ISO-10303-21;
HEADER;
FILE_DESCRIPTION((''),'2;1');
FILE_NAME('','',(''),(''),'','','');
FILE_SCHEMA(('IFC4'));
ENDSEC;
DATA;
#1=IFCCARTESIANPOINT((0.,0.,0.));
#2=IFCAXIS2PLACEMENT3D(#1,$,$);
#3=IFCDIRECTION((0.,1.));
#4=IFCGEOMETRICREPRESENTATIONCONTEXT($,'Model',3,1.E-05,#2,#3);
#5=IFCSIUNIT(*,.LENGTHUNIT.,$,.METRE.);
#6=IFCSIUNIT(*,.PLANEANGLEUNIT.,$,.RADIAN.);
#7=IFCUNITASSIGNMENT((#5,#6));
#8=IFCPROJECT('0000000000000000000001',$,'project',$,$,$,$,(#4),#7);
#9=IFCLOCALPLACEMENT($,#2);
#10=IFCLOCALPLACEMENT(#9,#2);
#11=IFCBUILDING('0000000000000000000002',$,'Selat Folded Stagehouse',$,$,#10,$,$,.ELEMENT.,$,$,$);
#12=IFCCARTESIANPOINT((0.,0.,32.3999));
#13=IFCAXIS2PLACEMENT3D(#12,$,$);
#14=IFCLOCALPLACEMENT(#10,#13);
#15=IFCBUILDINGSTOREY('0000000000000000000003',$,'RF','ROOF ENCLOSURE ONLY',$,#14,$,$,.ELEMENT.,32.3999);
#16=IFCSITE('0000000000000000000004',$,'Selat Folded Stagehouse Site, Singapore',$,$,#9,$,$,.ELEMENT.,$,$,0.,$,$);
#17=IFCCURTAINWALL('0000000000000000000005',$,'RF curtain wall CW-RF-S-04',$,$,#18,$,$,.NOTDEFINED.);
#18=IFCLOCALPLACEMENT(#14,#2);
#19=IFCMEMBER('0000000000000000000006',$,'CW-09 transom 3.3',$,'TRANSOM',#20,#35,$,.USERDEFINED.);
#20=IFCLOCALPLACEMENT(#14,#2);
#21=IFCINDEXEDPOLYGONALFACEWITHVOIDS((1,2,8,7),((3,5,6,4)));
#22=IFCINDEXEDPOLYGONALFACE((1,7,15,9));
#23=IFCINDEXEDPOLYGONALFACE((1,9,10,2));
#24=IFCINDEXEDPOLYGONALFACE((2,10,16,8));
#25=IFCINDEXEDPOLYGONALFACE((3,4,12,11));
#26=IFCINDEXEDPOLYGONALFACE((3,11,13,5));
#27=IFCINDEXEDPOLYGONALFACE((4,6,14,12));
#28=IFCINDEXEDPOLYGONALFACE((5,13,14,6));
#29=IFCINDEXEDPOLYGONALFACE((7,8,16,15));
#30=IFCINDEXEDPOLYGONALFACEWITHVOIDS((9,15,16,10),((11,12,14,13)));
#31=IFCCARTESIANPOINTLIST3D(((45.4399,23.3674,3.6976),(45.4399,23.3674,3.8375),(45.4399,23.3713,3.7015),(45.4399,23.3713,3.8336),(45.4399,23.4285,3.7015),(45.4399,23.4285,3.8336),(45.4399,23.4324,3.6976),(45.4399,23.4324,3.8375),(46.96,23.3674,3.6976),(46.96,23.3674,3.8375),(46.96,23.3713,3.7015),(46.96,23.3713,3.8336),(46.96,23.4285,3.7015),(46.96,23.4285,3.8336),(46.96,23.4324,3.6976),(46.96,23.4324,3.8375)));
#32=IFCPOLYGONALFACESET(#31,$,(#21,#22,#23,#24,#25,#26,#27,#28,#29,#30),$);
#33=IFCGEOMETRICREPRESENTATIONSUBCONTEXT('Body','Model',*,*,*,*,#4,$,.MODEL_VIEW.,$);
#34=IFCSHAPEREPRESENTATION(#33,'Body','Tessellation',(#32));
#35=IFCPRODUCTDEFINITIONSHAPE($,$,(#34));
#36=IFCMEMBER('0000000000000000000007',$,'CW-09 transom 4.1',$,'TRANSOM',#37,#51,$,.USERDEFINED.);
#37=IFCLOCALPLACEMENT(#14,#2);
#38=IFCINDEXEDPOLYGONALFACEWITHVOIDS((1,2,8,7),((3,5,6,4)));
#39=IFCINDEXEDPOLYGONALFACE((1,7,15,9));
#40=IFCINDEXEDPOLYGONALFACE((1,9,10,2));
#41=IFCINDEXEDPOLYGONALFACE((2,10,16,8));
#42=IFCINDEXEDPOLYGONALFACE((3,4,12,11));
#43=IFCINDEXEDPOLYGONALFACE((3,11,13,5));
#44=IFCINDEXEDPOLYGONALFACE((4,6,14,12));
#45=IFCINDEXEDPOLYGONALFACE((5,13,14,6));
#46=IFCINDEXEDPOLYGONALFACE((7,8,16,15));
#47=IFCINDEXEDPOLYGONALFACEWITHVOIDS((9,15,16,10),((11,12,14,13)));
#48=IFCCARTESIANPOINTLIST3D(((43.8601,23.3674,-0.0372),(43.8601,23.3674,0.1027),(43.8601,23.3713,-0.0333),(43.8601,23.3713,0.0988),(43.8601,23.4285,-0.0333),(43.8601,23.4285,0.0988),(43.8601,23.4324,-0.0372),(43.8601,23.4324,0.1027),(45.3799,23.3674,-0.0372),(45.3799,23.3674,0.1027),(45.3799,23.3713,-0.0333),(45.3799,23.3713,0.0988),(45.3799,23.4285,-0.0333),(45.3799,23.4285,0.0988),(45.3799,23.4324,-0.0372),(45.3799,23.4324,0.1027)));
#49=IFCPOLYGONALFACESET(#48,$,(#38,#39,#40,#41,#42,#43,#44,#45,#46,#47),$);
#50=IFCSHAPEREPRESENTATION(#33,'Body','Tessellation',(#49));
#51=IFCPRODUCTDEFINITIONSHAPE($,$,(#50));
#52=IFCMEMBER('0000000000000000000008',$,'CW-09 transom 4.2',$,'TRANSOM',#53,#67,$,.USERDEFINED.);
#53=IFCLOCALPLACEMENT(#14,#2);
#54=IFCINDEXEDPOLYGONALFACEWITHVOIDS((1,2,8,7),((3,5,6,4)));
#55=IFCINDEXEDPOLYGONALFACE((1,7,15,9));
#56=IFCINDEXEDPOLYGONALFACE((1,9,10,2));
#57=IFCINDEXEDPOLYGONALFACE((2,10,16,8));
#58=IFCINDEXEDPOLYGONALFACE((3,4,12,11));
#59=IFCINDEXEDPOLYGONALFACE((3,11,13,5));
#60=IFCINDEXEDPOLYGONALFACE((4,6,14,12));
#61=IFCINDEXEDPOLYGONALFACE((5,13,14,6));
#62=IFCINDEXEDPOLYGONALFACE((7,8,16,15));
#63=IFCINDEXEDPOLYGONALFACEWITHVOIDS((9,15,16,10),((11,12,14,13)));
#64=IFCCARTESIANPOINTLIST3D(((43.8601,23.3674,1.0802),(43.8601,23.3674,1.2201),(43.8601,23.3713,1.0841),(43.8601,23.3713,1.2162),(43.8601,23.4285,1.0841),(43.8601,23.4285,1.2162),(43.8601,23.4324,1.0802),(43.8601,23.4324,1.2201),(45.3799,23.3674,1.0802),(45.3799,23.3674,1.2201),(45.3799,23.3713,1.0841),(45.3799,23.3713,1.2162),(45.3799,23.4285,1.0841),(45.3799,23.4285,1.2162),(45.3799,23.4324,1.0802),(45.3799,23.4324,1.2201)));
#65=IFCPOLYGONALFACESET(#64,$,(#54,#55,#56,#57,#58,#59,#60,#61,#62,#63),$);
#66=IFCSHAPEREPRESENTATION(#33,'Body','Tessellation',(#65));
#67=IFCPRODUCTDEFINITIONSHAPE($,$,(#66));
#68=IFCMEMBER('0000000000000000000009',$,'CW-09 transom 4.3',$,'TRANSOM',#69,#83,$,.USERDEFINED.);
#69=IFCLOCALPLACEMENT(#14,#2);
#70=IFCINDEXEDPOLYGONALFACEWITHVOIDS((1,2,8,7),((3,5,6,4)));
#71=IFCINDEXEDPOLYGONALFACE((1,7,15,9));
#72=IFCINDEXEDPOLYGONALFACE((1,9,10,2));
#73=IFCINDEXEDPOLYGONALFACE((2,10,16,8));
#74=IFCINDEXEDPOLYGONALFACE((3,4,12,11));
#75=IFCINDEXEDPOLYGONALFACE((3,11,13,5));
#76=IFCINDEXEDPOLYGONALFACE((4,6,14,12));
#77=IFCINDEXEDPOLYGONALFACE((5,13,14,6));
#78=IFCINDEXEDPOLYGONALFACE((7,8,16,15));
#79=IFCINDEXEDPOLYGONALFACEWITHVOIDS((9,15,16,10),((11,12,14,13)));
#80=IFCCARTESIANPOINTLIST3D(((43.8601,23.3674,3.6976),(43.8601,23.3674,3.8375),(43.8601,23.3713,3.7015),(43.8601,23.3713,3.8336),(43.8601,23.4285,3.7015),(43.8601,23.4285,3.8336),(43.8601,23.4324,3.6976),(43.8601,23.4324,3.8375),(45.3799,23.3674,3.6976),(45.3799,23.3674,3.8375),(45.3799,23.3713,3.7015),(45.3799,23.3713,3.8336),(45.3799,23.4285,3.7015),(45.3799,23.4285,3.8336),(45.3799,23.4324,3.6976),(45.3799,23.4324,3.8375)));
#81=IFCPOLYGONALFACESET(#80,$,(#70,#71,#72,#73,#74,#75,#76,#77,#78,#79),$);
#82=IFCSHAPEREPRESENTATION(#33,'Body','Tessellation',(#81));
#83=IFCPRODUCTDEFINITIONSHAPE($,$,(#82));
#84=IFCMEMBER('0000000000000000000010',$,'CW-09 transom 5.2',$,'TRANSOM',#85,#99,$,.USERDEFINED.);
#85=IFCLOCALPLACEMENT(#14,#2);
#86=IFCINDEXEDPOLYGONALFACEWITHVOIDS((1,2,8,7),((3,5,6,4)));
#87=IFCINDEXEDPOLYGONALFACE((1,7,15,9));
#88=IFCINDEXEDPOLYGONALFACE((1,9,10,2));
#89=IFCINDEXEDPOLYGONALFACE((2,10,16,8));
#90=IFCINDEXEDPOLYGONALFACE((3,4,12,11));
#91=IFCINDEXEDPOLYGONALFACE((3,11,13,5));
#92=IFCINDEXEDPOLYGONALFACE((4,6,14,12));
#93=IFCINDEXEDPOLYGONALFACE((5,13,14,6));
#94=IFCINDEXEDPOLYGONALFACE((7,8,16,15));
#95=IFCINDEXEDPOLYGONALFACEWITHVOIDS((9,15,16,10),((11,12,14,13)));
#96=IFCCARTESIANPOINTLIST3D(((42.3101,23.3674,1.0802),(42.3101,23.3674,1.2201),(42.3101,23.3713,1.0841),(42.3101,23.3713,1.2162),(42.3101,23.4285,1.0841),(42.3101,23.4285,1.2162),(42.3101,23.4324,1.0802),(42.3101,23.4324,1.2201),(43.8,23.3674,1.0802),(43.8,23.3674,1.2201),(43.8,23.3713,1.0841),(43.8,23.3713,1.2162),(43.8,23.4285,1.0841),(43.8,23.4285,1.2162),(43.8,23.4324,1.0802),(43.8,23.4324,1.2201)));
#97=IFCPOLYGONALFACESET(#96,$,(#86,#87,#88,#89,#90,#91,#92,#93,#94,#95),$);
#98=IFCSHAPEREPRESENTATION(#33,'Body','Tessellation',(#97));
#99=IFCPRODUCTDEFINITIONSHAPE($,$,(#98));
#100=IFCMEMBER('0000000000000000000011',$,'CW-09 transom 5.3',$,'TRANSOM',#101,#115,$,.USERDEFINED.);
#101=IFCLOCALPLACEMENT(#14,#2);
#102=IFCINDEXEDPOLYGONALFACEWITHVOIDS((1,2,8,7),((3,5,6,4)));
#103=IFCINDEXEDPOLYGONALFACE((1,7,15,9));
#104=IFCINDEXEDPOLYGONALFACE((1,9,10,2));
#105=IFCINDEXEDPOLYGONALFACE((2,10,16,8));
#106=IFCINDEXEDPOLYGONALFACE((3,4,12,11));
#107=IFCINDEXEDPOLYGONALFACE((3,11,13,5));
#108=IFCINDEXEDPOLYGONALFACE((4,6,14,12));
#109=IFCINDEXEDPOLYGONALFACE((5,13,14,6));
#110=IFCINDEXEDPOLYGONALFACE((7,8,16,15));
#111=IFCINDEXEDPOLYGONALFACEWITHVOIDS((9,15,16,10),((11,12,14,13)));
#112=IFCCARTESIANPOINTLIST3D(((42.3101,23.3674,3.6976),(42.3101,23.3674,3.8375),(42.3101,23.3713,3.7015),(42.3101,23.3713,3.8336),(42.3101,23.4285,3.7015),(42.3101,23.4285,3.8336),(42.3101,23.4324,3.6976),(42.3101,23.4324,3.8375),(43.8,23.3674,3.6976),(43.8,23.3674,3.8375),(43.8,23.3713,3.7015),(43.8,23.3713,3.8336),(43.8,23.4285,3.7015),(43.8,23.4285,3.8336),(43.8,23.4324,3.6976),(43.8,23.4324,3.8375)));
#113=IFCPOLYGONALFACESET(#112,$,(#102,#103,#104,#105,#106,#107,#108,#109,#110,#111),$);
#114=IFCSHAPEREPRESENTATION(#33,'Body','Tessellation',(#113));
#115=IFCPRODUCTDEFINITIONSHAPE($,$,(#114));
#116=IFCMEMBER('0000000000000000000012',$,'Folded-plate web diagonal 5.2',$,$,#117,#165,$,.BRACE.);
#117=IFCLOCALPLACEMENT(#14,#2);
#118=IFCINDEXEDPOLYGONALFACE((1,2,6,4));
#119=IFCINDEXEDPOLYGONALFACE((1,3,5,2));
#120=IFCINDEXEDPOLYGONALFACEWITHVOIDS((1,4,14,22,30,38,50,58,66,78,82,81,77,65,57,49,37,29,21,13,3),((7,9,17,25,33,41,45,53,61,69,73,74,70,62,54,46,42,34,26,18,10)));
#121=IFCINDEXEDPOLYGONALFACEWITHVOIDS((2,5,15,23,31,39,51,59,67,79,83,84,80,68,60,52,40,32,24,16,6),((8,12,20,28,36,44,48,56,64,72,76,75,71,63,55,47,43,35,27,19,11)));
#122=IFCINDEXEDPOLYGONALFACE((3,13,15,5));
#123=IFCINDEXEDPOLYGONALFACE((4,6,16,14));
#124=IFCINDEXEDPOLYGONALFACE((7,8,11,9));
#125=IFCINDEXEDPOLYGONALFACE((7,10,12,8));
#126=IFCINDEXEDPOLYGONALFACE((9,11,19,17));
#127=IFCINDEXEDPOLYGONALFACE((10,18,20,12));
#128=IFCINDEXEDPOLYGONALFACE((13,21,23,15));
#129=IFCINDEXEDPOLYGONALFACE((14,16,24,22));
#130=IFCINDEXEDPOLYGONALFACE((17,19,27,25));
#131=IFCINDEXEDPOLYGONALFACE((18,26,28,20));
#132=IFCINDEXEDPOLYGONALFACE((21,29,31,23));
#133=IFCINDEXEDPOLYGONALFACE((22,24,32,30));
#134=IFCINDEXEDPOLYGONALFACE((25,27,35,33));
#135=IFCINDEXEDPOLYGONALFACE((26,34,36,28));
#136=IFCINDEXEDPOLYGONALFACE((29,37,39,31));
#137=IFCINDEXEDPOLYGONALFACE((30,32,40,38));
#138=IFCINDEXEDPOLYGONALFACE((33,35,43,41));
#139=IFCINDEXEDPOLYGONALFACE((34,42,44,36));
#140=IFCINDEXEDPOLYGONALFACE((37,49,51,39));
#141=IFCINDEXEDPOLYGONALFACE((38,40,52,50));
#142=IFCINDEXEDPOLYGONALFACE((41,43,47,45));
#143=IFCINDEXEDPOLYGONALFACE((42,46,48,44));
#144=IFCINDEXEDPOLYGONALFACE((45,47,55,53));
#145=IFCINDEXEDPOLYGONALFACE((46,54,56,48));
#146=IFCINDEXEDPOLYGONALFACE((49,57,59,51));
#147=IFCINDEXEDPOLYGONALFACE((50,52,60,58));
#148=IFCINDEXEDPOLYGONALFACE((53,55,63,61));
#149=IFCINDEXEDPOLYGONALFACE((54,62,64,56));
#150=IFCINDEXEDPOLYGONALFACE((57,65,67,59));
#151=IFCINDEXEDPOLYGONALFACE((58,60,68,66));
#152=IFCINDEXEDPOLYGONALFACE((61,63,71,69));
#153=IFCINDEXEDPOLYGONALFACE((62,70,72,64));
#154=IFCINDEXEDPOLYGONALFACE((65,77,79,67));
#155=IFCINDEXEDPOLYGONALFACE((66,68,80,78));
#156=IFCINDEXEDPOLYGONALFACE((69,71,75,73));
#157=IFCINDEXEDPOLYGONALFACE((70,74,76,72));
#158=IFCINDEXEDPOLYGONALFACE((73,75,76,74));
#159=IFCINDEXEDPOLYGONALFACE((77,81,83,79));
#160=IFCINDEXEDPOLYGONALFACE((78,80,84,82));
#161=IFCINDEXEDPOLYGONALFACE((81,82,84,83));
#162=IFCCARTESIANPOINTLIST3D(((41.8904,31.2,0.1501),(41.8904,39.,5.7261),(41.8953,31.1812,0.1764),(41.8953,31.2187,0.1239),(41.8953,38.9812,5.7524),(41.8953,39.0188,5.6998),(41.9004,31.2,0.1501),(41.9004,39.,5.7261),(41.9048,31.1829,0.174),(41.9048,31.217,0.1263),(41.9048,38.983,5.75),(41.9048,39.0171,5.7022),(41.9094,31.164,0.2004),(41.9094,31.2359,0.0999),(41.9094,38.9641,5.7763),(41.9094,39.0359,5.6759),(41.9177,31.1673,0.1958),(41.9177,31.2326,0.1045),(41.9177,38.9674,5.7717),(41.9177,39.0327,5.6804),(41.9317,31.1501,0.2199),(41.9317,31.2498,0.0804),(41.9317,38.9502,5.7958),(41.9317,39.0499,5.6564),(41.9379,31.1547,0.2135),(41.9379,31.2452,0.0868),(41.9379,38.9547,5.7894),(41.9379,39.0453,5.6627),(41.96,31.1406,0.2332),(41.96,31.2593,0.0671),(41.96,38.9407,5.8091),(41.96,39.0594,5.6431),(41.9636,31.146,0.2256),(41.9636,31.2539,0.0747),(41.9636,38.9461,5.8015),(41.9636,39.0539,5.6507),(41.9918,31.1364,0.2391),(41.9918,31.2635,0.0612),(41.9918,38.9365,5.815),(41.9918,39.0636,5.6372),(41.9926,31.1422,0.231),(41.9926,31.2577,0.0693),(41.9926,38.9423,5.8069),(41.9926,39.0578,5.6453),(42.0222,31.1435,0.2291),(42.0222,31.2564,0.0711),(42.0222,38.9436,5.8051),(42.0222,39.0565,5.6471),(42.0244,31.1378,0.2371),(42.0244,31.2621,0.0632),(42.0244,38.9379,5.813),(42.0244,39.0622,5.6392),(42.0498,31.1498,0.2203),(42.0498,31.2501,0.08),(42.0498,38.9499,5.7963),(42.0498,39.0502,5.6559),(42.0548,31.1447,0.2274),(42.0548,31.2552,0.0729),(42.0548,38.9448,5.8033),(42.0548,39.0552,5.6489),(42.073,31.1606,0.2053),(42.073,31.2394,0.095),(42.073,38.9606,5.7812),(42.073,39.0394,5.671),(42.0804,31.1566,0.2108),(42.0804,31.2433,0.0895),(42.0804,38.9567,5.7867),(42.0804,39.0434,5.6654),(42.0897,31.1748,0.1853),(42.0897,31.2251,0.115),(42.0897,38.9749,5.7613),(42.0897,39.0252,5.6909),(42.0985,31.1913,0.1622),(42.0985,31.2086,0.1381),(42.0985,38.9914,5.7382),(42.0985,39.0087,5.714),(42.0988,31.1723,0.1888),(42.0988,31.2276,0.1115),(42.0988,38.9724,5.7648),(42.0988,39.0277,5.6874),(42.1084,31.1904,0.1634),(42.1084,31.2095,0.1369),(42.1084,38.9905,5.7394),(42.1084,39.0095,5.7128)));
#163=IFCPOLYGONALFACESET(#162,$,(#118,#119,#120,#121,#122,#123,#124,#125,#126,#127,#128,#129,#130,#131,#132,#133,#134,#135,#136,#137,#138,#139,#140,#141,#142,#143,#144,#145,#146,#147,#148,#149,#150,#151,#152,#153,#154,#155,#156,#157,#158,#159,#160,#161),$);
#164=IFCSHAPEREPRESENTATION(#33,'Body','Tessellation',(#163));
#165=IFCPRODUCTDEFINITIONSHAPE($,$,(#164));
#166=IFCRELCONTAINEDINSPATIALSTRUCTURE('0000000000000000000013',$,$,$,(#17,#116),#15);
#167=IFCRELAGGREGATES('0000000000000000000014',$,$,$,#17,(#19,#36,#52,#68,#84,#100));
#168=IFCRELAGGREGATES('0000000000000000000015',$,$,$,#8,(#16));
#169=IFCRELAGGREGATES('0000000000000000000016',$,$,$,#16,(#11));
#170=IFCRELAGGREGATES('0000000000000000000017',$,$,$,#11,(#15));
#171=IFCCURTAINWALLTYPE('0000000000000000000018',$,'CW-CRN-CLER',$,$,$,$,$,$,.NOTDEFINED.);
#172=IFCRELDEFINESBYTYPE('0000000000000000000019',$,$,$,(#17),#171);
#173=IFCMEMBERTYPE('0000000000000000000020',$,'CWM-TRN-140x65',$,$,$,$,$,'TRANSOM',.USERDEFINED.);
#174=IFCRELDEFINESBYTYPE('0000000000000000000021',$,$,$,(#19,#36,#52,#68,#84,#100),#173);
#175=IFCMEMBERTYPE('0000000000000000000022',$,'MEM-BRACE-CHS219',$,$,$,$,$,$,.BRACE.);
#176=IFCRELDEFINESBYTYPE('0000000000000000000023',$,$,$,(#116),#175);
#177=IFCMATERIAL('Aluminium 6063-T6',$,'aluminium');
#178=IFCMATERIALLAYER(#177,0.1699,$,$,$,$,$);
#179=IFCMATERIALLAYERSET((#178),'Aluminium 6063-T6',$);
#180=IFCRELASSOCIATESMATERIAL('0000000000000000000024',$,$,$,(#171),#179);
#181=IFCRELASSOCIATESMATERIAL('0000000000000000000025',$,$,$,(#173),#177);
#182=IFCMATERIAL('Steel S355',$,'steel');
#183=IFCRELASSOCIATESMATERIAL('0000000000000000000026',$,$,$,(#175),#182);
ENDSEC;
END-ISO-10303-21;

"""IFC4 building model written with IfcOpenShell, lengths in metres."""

from ifc_helpers import new_model, si_unit, direction, frame, origin, origin_2d, place, context, subcontext, project, spatial, hollow_rectangle, hollow_circle, extrude, material, layer, layer_set, material_profile, profile_set, type_object, element, aggregate, save


model = new_model("IFC4")

# Units and contexts
model_context = context("Model", 3, precision=1e-05, world=origin(), true_north=direction((0.0, 1.0)))
body_context = subcontext(model_context, "Body", "Model", "MODEL_VIEW")
ifc_project = project(units=[si_unit("LENGTHUNIT", "METRE"), si_unit("PLANEANGLEUNIT", "RADIAN")], contexts=[model_context])

# Site, building, storey
site_placement = place(None, origin())
site = spatial("IfcSite", under=ifc_project, at=site_placement, Name="Selat Folded Stagehouse Site, Singapore", CompositionType="ELEMENT", RefElevation=0.0)
building_placement = place(site_placement, origin())
building = spatial("IfcBuilding", under=site, at=building_placement, Name="Selat Folded Stagehouse", CompositionType="ELEMENT")
storey_placement = place(building_placement, frame((0.0, 0.0, 32.3999)))
storey = spatial("IfcBuildingStorey", under=building, at=storey_placement, Name="RF", Description="ROOF ENCLOSURE ONLY", CompositionType="ELEMENT", Elevation=32.3999)

# Shared definitions
ifc_material_1 = material(Name="Steel S355", Category="steel")

# Curtain wall, members
ifc_material_2 = material(Name="Aluminium 6063-T6", Category="aluminium")
ifc_layer_1 = layer(ifc_material_2, 0.1699)
ifc_layer_set_1 = layer_set([ifc_layer_1], Name="Aluminium 6063-T6")
curtain_wall_type = type_object("IfcCurtainWallType", Name="CW-CRN-CLER", PredefinedType="NOTDEFINED", material=ifc_layer_set_1)
curtain_wall_placement = place(storey_placement, origin())
curtain_wall = element("IfcCurtainWall", 1, at=curtain_wall_placement, inside=storey, type_object=curtain_wall_type, Name="RF curtain wall CW-RF-S-04", PredefinedType="NOTDEFINED")
ifc_material_profile_1 = material_profile(ifc_material_2, hollow_rectangle(XDim=0.0649, YDim=0.1399, WallThickness=0.0039, at=origin_2d()), Name="ALU 140x65x4.0")
ifc_profile_set_1 = profile_set([ifc_material_profile_1], Name="Aluminium 6063-T6")
member_type_1 = type_object("IfcMemberType", Name="CWM-TRN-140x65", ElementType="TRANSOM", PredefinedType="USERDEFINED", material=ifc_profile_set_1)
member_1_placement = place(storey_placement, frame((46.96, 23.3999, 3.7676), z_axis=(-1.0, 0.0, 0.0), x_axis=(0.0, -1.0, 0.0)))
member_1 = element("IfcMember", 2, at=member_1_placement, type_object=member_type_1, Name="CW-09 transom 3.3", ObjectType="TRANSOM", PredefinedType="USERDEFINED", context=body_context, shape_type="SweptSolid", body=[
    extrude(hollow_rectangle(XDim=0.0649, YDim=0.1399, WallThickness=0.0039, at=origin_2d()), origin(), (0.0, 0.0, 1.0), 1.52),
])
member_2_placement = place(storey_placement, frame((45.3799, 23.3999, 0.0327), z_axis=(-1.0, 0.0, 0.0), x_axis=(0.0, -1.0, 0.0)))
member_2 = element("IfcMember", 3, at=member_2_placement, type_object=member_type_1, Name="CW-09 transom 4.1", ObjectType="TRANSOM", PredefinedType="USERDEFINED", context=body_context, shape_type="SweptSolid", body=[
    extrude(hollow_rectangle(XDim=0.0649, YDim=0.1399, WallThickness=0.0039, at=origin_2d()), origin(), (0.0, 0.0, 1.0), 1.5198),
])
member_3_placement = place(storey_placement, frame((45.3799, 23.3999, 1.1501), z_axis=(-1.0, 0.0, 0.0), x_axis=(0.0, -1.0, 0.0)))
member_3 = element("IfcMember", 4, at=member_3_placement, type_object=member_type_1, Name="CW-09 transom 4.2", ObjectType="TRANSOM", PredefinedType="USERDEFINED", context=body_context, shape_type="SweptSolid", body=[
    extrude(hollow_rectangle(XDim=0.0649, YDim=0.1399, WallThickness=0.0039, at=origin_2d()), origin(), (0.0, 0.0, 1.0), 1.5198),
])
member_4_placement = place(storey_placement, frame((45.3799, 23.3999, 3.7676), z_axis=(-1.0, 0.0, 0.0), x_axis=(0.0, -1.0, 0.0)))
member_4 = element("IfcMember", 5, at=member_4_placement, type_object=member_type_1, Name="CW-09 transom 4.3", ObjectType="TRANSOM", PredefinedType="USERDEFINED", context=body_context, shape_type="SweptSolid", body=[
    extrude(hollow_rectangle(XDim=0.0649, YDim=0.1399, WallThickness=0.0039, at=origin_2d()), origin(), (0.0, 0.0, 1.0), 1.5198),
])
member_5_placement = place(storey_placement, frame((43.8, 23.3999, 1.1501), z_axis=(-1.0, 0.0, 0.0), x_axis=(0.0, -1.0, 0.0)))
member_5 = element("IfcMember", 6, at=member_5_placement, type_object=member_type_1, Name="CW-09 transom 5.2", ObjectType="TRANSOM", PredefinedType="USERDEFINED", context=body_context, shape_type="SweptSolid", body=[
    extrude(hollow_rectangle(XDim=0.0649, YDim=0.1399, WallThickness=0.0039, at=origin_2d()), origin(), (0.0, 0.0, 1.0), 1.49),
])
member_6_placement = place(storey_placement, frame((43.8, 23.3999, 3.7676), z_axis=(-1.0, 0.0, 0.0), x_axis=(0.0, -1.0, 0.0)))
member_6 = element("IfcMember", 7, at=member_6_placement, type_object=member_type_1, Name="CW-09 transom 5.3", ObjectType="TRANSOM", PredefinedType="USERDEFINED", context=body_context, shape_type="SweptSolid", body=[
    extrude(hollow_rectangle(XDim=0.0649, YDim=0.1399, WallThickness=0.0039, at=origin_2d()), origin(), (0.0, 0.0, 1.0), 1.49),
])

# Member
ifc_material_profile_2 = material_profile(ifc_material_1, hollow_circle(Radius=0.1096, WallThickness=0.01, at=origin_2d()), Name="CHS 219.1x10.0")
ifc_profile_set_2 = profile_set([ifc_material_profile_2], Name="Steel S355")
member_type_2 = type_object("IfcMemberType", Name="MEM-BRACE-CHS219", PredefinedType="BRACE", material=ifc_profile_set_2)
member_7_placement = place(storey_placement, frame((42.0, 31.2, 0.1501), z_axis=(0.0, 0.813513, 0.581546), x_axis=(-1.0, 0.0, 0.0)))
element("IfcMember", 8, at=member_7_placement, inside=storey, type_object=member_type_2, Name="Folded-plate web diagonal 5.2", PredefinedType="BRACE", context=body_context, shape_type="SweptSolid", body=[
    extrude(hollow_circle(Radius=0.1096, WallThickness=0.01, at=origin_2d()), origin(), (0.0, 0.0, 1.0), 9.5881),
])

aggregate(curtain_wall, [member_1, member_2, member_3, member_4, member_5, member_6])

save(model, "model.ifc")
